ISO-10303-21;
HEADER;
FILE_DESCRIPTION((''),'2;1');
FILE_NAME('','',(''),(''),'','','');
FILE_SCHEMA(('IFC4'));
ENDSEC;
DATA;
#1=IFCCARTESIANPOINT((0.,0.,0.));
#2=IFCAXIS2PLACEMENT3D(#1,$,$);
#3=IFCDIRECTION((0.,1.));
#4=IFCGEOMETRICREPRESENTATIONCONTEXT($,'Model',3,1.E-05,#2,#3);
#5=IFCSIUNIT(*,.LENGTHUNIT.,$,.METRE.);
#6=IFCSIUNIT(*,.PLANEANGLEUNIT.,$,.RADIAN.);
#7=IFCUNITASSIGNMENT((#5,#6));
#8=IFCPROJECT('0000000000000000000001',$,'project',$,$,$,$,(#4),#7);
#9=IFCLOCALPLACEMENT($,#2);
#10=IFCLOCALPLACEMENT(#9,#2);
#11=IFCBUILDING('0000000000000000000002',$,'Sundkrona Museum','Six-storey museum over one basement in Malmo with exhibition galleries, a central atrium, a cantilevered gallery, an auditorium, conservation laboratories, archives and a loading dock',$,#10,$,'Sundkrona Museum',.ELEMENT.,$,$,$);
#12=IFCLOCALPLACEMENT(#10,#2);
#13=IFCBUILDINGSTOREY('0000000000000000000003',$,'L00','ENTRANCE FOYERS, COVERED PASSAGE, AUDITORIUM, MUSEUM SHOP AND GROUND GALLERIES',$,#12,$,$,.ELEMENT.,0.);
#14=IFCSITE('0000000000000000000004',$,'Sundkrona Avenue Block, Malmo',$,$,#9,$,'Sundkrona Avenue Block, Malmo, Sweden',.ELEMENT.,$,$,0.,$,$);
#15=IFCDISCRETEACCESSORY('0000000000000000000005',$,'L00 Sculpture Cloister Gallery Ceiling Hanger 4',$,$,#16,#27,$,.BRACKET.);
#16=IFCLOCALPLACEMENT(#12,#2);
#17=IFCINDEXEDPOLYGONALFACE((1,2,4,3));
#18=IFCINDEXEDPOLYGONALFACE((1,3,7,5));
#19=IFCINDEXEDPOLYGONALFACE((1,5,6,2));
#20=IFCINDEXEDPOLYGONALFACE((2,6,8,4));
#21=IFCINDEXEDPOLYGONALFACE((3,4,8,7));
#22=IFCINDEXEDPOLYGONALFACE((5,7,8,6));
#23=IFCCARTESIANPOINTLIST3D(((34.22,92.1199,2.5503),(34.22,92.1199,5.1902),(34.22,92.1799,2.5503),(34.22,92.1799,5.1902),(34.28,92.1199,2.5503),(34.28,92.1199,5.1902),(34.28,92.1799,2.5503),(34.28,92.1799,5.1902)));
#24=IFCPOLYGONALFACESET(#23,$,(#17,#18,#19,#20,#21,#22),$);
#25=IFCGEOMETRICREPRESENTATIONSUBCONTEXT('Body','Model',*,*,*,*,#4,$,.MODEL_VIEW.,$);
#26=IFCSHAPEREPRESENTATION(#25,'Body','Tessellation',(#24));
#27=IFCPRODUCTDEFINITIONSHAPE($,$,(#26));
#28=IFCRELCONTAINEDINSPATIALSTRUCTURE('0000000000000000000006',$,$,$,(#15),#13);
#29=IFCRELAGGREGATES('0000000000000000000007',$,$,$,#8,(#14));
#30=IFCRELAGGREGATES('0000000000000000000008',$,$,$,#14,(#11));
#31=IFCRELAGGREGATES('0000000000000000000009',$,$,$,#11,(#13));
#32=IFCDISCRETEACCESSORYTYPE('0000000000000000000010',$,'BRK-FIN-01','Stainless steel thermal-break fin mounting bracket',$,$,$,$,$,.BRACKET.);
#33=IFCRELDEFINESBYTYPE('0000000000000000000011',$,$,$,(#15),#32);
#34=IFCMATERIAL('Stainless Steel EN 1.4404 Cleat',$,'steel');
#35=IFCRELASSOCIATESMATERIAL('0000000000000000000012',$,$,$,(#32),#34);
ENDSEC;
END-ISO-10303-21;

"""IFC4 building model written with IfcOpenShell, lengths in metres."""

from ifc_helpers import new_model, si_unit, direction, frame, origin, origin_2d, place, context, subcontext, project, spatial, rectangle, extrude, material, type_object, element, save


model = new_model("IFC4")

# Units and contexts
model_context = context("Model", 3, precision=1e-05, world=origin(), true_north=direction((0.0, 1.0)))
body_context = subcontext(model_context, "Body", "Model", "MODEL_VIEW")
ifc_project = project(units=[si_unit("LENGTHUNIT", "METRE"), si_unit("PLANEANGLEUNIT", "RADIAN")], contexts=[model_context])

# Site, building, storey
site_placement = place(None, origin())
site = spatial("IfcSite", under=ifc_project, at=site_placement, Name="Sundkrona Avenue Block, Malmo", LongName="Sundkrona Avenue Block, Malmo, Sweden", CompositionType="ELEMENT", RefElevation=0.0)
building_placement = place(site_placement, origin())
building = spatial("IfcBuilding", under=site, at=building_placement, Name="Sundkrona Museum", Description="Six-storey museum over one basement in Malmo with exhibition galleries, a central atrium, a cantilevered gallery, an auditorium, conservation laboratories, archives and a loading dock", LongName="Sundkrona Museum", CompositionType="ELEMENT")
storey_placement = place(building_placement, origin())
storey = spatial("IfcBuildingStorey", under=building, at=storey_placement, Name="L00", Description="ENTRANCE FOYERS, COVERED PASSAGE, AUDITORIUM, MUSEUM SHOP AND GROUND GALLERIES", CompositionType="ELEMENT", Elevation=0.0)

# Discrete accessory
ifc_material_1 = material(Name="Stainless Steel EN 1.4404 Cleat", Category="steel")
discrete_accessory_type = type_object("IfcDiscreteAccessoryType", Name="BRK-FIN-01", Description="Stainless steel thermal-break fin mounting bracket", PredefinedType="BRACKET", material=ifc_material_1)
for number, where, z_axis, x_axis, name in (
    (1, (34.25, 92.1499, 2.5503), (0.0, 0.0, 1.0), (1.0, 0.0, 0.0), "L00 Sculpture Cloister Gallery Ceiling Hanger 4"),
):
    element("IfcDiscreteAccessory", number, at=place(storey_placement, frame(where, z_axis=z_axis, x_axis=x_axis)), inside=storey, type_object=discrete_accessory_type, Name=name, PredefinedType="BRACKET", context=body_context, shape_type="SweptSolid", body=[
        extrude(rectangle(XDim=0.0601, YDim=0.0601, at=origin_2d()), origin(), (0.0, 0.0, 1.0), 2.6399),
    ])

save(model, "model.ifc")
